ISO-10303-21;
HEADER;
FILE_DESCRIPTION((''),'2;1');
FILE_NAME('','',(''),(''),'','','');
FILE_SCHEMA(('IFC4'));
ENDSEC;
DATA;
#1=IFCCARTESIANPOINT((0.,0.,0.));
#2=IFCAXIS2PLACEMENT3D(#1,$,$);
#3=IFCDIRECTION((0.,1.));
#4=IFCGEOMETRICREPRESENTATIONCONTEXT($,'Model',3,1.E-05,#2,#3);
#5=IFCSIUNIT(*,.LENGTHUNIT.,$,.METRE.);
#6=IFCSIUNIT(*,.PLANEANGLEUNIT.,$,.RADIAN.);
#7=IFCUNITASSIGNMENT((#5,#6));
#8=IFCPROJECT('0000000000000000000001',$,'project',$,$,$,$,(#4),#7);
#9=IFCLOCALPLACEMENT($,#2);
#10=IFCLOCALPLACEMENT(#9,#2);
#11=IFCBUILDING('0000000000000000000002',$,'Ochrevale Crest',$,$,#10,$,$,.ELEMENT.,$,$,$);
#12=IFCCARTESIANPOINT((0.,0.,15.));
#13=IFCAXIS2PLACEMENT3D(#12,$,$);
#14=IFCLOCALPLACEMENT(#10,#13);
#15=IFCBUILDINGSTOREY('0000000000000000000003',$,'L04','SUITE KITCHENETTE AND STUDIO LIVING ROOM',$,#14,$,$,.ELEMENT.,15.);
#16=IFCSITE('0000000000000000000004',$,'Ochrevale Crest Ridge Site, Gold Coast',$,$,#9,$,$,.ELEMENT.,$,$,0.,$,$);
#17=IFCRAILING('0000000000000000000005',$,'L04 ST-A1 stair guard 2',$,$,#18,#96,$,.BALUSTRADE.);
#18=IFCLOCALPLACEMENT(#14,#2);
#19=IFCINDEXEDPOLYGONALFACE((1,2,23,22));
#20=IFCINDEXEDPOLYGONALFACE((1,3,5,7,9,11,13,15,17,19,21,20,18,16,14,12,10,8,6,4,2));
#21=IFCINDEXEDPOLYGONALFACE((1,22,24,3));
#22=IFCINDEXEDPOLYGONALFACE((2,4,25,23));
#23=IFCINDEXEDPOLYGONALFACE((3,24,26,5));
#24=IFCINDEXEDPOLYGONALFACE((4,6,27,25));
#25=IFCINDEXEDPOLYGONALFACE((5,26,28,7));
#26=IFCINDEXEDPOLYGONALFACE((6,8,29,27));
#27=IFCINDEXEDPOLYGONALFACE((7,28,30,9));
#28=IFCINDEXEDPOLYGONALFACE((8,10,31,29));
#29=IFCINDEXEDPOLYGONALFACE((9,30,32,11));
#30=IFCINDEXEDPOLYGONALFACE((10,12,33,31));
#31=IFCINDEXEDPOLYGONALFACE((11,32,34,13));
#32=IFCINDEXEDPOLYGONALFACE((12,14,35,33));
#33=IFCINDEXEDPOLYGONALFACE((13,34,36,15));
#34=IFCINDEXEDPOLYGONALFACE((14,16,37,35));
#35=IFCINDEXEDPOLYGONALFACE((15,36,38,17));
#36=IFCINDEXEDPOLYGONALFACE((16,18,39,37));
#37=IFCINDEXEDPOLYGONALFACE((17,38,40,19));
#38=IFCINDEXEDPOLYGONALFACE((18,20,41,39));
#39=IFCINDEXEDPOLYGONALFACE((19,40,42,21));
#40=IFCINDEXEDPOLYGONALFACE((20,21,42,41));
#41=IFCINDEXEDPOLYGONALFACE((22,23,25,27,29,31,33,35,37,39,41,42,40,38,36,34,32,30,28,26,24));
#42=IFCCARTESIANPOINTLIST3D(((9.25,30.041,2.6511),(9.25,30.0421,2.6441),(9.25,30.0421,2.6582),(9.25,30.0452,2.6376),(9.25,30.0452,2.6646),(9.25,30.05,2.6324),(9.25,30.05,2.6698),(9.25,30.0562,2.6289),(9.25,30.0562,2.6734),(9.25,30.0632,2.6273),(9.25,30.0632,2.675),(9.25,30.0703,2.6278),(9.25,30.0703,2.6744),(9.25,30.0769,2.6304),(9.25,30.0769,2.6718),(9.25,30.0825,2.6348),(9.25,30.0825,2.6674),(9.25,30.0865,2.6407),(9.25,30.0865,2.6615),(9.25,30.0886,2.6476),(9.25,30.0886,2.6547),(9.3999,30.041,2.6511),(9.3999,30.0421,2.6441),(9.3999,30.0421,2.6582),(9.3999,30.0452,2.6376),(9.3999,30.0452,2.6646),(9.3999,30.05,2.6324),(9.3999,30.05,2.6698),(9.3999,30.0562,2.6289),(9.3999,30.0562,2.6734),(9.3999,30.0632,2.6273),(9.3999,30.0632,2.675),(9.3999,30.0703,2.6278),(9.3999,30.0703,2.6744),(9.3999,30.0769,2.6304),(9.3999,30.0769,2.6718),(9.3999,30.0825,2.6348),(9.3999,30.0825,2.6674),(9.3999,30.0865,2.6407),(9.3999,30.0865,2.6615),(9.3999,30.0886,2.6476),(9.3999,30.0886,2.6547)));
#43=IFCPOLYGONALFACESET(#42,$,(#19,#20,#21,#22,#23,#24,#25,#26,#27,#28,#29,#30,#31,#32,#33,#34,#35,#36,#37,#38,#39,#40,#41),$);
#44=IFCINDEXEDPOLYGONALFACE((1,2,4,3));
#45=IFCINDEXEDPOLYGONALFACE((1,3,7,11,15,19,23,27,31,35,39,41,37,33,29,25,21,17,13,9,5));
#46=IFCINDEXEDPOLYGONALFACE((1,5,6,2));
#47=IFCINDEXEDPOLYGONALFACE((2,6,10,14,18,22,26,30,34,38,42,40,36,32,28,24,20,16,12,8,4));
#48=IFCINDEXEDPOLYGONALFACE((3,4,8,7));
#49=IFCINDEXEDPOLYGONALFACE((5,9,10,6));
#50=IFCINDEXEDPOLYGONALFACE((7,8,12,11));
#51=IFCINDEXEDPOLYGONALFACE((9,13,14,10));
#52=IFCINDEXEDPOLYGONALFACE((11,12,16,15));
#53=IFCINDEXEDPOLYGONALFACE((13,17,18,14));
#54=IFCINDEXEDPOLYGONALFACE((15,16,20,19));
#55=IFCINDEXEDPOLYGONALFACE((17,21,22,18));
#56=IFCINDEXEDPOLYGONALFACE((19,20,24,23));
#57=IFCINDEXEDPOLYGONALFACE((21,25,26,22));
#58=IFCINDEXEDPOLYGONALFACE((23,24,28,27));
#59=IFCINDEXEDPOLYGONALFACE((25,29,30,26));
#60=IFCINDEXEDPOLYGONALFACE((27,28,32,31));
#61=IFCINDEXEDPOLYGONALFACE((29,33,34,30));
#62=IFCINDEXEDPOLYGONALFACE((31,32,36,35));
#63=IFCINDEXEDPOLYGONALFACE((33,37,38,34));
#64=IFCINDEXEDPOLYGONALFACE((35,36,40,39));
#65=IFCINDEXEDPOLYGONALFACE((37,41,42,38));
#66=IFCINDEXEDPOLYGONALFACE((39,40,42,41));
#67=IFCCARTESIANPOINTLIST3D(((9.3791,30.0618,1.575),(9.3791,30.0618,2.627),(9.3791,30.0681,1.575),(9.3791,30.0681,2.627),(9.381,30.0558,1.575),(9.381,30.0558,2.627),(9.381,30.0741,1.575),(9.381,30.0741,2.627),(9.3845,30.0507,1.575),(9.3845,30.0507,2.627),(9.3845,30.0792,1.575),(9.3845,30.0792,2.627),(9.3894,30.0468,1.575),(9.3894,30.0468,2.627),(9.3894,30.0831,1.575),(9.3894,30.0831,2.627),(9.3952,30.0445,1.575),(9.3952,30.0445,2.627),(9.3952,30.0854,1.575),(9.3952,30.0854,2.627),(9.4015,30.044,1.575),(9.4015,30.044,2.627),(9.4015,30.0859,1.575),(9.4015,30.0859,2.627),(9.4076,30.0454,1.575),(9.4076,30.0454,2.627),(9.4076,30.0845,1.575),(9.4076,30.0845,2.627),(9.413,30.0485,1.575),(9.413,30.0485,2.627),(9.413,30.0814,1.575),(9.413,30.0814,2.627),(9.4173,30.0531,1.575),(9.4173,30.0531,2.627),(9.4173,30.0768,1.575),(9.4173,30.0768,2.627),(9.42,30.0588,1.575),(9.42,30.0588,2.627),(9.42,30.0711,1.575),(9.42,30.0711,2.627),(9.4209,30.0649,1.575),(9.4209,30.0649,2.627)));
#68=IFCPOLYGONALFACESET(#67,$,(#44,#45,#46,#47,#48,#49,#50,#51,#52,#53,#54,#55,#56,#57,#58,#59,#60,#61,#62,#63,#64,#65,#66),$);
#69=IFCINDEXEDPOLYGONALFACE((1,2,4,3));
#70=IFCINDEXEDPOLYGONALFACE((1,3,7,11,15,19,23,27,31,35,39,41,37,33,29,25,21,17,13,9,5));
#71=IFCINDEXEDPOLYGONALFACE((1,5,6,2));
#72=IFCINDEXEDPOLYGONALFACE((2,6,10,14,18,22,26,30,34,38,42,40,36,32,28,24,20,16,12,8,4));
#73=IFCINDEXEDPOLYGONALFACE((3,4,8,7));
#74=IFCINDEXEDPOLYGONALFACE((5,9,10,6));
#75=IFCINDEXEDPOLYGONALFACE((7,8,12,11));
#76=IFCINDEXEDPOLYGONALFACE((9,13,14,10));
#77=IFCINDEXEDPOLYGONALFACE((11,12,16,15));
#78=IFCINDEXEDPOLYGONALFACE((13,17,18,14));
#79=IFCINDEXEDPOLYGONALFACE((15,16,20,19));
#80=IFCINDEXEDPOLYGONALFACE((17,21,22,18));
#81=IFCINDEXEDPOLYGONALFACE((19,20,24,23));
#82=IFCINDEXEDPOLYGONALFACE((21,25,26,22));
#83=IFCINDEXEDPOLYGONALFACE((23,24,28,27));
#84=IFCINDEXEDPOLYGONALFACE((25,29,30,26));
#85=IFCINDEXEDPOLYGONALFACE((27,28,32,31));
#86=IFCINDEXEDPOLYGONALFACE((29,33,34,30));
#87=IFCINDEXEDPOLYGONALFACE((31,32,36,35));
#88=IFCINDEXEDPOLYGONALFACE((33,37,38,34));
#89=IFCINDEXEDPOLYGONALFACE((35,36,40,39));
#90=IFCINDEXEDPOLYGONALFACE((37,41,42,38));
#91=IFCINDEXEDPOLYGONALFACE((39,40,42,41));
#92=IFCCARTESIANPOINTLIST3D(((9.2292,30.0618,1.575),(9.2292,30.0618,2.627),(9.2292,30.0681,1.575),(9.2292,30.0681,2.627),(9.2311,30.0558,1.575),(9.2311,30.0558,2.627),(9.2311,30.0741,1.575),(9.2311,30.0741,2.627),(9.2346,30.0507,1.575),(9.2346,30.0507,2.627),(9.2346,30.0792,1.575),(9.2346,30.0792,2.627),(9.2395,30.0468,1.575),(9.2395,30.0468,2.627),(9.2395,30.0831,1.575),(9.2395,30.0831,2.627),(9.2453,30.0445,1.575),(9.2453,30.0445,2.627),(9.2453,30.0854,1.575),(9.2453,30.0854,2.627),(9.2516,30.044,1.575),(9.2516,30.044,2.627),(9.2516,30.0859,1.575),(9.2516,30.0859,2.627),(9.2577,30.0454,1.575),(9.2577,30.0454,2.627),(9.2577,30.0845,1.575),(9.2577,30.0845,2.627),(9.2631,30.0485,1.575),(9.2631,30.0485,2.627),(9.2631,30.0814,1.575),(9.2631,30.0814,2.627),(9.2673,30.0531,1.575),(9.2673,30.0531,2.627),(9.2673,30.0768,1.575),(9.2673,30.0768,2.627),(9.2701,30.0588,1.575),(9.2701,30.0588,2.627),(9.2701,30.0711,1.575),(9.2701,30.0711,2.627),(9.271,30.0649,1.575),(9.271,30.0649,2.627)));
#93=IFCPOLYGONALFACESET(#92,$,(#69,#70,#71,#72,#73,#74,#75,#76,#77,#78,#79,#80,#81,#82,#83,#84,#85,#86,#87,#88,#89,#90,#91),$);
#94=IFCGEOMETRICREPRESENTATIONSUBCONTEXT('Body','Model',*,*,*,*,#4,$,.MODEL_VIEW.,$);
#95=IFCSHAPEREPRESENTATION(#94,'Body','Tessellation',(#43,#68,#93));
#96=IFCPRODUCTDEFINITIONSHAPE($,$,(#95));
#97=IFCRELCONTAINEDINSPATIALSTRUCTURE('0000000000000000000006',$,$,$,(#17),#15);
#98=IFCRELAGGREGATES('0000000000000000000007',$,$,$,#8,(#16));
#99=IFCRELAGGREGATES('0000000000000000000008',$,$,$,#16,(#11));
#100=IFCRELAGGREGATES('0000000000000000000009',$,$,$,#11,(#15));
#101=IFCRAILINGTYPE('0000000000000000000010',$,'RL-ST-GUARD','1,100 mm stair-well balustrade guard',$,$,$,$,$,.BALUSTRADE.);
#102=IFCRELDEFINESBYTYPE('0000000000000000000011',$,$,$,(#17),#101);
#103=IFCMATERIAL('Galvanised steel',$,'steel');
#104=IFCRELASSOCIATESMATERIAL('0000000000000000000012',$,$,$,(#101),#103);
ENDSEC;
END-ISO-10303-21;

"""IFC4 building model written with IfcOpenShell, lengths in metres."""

from ifc_helpers import new_model, si_unit, direction, frame, origin, origin_2d, place, context, subcontext, project, spatial, circle, extrude, material, type_object, element, save


model = new_model("IFC4")

# Units and contexts
model_context = context("Model", 3, precision=1e-05, world=origin(), true_north=direction((0.0, 1.0)))
body_context = subcontext(model_context, "Body", "Model", "MODEL_VIEW")
ifc_project = project(units=[si_unit("LENGTHUNIT", "METRE"), si_unit("PLANEANGLEUNIT", "RADIAN")], contexts=[model_context])

# Site, building, storey
site_placement = place(None, origin())
site = spatial("IfcSite", under=ifc_project, at=site_placement, Name="Ochrevale Crest Ridge Site, Gold Coast", CompositionType="ELEMENT", RefElevation=0.0)
building_placement = place(site_placement, origin())
building = spatial("IfcBuilding", under=site, at=building_placement, Name="Ochrevale Crest", CompositionType="ELEMENT")
storey_placement = place(building_placement, frame((0.0, 0.0, 15.0)))
storey = spatial("IfcBuildingStorey", under=building, at=storey_placement, Name="L04", Description="SUITE KITCHENETTE AND STUDIO LIVING ROOM", CompositionType="ELEMENT", Elevation=15.0)

# Railing
ifc_material_1 = material(Name="Galvanised steel", Category="steel")
railing_type_1 = type_object("IfcRailingType", Name="RL-ST-GUARD", Description="1,100 mm stair-well balustrade guard", PredefinedType="BALUSTRADE", material=ifc_material_1)
railing_1_placement = place(storey_placement, frame((9.3999, 30.0649, 1.575)))
element("IfcRailing", 1, at=railing_1_placement, inside=storey, type_object=railing_type_1, Name="L04 ST-A1 stair guard 2", PredefinedType="BALUSTRADE", context=body_context, shape_type="SweptSolid", body=[
    extrude(circle(Radius=0.0239, at=origin_2d()), frame((0.0, 0.0, 1.0762), z_axis=(-1.0, 0.0, 0.0), x_axis=(0.0, -1.0, 0.0)), (0.0, 0.0, 1.0), 0.1499),
    extrude(circle(Radius=0.021, at=origin_2d()), origin(), (0.0, 0.0, 1.0), 1.052),
    extrude(circle(Radius=0.021, at=origin_2d()), frame((-0.1499, 0.0, 0.0)), (0.0, 0.0, 1.0), 1.052),
])

save(model, "model.ifc")
